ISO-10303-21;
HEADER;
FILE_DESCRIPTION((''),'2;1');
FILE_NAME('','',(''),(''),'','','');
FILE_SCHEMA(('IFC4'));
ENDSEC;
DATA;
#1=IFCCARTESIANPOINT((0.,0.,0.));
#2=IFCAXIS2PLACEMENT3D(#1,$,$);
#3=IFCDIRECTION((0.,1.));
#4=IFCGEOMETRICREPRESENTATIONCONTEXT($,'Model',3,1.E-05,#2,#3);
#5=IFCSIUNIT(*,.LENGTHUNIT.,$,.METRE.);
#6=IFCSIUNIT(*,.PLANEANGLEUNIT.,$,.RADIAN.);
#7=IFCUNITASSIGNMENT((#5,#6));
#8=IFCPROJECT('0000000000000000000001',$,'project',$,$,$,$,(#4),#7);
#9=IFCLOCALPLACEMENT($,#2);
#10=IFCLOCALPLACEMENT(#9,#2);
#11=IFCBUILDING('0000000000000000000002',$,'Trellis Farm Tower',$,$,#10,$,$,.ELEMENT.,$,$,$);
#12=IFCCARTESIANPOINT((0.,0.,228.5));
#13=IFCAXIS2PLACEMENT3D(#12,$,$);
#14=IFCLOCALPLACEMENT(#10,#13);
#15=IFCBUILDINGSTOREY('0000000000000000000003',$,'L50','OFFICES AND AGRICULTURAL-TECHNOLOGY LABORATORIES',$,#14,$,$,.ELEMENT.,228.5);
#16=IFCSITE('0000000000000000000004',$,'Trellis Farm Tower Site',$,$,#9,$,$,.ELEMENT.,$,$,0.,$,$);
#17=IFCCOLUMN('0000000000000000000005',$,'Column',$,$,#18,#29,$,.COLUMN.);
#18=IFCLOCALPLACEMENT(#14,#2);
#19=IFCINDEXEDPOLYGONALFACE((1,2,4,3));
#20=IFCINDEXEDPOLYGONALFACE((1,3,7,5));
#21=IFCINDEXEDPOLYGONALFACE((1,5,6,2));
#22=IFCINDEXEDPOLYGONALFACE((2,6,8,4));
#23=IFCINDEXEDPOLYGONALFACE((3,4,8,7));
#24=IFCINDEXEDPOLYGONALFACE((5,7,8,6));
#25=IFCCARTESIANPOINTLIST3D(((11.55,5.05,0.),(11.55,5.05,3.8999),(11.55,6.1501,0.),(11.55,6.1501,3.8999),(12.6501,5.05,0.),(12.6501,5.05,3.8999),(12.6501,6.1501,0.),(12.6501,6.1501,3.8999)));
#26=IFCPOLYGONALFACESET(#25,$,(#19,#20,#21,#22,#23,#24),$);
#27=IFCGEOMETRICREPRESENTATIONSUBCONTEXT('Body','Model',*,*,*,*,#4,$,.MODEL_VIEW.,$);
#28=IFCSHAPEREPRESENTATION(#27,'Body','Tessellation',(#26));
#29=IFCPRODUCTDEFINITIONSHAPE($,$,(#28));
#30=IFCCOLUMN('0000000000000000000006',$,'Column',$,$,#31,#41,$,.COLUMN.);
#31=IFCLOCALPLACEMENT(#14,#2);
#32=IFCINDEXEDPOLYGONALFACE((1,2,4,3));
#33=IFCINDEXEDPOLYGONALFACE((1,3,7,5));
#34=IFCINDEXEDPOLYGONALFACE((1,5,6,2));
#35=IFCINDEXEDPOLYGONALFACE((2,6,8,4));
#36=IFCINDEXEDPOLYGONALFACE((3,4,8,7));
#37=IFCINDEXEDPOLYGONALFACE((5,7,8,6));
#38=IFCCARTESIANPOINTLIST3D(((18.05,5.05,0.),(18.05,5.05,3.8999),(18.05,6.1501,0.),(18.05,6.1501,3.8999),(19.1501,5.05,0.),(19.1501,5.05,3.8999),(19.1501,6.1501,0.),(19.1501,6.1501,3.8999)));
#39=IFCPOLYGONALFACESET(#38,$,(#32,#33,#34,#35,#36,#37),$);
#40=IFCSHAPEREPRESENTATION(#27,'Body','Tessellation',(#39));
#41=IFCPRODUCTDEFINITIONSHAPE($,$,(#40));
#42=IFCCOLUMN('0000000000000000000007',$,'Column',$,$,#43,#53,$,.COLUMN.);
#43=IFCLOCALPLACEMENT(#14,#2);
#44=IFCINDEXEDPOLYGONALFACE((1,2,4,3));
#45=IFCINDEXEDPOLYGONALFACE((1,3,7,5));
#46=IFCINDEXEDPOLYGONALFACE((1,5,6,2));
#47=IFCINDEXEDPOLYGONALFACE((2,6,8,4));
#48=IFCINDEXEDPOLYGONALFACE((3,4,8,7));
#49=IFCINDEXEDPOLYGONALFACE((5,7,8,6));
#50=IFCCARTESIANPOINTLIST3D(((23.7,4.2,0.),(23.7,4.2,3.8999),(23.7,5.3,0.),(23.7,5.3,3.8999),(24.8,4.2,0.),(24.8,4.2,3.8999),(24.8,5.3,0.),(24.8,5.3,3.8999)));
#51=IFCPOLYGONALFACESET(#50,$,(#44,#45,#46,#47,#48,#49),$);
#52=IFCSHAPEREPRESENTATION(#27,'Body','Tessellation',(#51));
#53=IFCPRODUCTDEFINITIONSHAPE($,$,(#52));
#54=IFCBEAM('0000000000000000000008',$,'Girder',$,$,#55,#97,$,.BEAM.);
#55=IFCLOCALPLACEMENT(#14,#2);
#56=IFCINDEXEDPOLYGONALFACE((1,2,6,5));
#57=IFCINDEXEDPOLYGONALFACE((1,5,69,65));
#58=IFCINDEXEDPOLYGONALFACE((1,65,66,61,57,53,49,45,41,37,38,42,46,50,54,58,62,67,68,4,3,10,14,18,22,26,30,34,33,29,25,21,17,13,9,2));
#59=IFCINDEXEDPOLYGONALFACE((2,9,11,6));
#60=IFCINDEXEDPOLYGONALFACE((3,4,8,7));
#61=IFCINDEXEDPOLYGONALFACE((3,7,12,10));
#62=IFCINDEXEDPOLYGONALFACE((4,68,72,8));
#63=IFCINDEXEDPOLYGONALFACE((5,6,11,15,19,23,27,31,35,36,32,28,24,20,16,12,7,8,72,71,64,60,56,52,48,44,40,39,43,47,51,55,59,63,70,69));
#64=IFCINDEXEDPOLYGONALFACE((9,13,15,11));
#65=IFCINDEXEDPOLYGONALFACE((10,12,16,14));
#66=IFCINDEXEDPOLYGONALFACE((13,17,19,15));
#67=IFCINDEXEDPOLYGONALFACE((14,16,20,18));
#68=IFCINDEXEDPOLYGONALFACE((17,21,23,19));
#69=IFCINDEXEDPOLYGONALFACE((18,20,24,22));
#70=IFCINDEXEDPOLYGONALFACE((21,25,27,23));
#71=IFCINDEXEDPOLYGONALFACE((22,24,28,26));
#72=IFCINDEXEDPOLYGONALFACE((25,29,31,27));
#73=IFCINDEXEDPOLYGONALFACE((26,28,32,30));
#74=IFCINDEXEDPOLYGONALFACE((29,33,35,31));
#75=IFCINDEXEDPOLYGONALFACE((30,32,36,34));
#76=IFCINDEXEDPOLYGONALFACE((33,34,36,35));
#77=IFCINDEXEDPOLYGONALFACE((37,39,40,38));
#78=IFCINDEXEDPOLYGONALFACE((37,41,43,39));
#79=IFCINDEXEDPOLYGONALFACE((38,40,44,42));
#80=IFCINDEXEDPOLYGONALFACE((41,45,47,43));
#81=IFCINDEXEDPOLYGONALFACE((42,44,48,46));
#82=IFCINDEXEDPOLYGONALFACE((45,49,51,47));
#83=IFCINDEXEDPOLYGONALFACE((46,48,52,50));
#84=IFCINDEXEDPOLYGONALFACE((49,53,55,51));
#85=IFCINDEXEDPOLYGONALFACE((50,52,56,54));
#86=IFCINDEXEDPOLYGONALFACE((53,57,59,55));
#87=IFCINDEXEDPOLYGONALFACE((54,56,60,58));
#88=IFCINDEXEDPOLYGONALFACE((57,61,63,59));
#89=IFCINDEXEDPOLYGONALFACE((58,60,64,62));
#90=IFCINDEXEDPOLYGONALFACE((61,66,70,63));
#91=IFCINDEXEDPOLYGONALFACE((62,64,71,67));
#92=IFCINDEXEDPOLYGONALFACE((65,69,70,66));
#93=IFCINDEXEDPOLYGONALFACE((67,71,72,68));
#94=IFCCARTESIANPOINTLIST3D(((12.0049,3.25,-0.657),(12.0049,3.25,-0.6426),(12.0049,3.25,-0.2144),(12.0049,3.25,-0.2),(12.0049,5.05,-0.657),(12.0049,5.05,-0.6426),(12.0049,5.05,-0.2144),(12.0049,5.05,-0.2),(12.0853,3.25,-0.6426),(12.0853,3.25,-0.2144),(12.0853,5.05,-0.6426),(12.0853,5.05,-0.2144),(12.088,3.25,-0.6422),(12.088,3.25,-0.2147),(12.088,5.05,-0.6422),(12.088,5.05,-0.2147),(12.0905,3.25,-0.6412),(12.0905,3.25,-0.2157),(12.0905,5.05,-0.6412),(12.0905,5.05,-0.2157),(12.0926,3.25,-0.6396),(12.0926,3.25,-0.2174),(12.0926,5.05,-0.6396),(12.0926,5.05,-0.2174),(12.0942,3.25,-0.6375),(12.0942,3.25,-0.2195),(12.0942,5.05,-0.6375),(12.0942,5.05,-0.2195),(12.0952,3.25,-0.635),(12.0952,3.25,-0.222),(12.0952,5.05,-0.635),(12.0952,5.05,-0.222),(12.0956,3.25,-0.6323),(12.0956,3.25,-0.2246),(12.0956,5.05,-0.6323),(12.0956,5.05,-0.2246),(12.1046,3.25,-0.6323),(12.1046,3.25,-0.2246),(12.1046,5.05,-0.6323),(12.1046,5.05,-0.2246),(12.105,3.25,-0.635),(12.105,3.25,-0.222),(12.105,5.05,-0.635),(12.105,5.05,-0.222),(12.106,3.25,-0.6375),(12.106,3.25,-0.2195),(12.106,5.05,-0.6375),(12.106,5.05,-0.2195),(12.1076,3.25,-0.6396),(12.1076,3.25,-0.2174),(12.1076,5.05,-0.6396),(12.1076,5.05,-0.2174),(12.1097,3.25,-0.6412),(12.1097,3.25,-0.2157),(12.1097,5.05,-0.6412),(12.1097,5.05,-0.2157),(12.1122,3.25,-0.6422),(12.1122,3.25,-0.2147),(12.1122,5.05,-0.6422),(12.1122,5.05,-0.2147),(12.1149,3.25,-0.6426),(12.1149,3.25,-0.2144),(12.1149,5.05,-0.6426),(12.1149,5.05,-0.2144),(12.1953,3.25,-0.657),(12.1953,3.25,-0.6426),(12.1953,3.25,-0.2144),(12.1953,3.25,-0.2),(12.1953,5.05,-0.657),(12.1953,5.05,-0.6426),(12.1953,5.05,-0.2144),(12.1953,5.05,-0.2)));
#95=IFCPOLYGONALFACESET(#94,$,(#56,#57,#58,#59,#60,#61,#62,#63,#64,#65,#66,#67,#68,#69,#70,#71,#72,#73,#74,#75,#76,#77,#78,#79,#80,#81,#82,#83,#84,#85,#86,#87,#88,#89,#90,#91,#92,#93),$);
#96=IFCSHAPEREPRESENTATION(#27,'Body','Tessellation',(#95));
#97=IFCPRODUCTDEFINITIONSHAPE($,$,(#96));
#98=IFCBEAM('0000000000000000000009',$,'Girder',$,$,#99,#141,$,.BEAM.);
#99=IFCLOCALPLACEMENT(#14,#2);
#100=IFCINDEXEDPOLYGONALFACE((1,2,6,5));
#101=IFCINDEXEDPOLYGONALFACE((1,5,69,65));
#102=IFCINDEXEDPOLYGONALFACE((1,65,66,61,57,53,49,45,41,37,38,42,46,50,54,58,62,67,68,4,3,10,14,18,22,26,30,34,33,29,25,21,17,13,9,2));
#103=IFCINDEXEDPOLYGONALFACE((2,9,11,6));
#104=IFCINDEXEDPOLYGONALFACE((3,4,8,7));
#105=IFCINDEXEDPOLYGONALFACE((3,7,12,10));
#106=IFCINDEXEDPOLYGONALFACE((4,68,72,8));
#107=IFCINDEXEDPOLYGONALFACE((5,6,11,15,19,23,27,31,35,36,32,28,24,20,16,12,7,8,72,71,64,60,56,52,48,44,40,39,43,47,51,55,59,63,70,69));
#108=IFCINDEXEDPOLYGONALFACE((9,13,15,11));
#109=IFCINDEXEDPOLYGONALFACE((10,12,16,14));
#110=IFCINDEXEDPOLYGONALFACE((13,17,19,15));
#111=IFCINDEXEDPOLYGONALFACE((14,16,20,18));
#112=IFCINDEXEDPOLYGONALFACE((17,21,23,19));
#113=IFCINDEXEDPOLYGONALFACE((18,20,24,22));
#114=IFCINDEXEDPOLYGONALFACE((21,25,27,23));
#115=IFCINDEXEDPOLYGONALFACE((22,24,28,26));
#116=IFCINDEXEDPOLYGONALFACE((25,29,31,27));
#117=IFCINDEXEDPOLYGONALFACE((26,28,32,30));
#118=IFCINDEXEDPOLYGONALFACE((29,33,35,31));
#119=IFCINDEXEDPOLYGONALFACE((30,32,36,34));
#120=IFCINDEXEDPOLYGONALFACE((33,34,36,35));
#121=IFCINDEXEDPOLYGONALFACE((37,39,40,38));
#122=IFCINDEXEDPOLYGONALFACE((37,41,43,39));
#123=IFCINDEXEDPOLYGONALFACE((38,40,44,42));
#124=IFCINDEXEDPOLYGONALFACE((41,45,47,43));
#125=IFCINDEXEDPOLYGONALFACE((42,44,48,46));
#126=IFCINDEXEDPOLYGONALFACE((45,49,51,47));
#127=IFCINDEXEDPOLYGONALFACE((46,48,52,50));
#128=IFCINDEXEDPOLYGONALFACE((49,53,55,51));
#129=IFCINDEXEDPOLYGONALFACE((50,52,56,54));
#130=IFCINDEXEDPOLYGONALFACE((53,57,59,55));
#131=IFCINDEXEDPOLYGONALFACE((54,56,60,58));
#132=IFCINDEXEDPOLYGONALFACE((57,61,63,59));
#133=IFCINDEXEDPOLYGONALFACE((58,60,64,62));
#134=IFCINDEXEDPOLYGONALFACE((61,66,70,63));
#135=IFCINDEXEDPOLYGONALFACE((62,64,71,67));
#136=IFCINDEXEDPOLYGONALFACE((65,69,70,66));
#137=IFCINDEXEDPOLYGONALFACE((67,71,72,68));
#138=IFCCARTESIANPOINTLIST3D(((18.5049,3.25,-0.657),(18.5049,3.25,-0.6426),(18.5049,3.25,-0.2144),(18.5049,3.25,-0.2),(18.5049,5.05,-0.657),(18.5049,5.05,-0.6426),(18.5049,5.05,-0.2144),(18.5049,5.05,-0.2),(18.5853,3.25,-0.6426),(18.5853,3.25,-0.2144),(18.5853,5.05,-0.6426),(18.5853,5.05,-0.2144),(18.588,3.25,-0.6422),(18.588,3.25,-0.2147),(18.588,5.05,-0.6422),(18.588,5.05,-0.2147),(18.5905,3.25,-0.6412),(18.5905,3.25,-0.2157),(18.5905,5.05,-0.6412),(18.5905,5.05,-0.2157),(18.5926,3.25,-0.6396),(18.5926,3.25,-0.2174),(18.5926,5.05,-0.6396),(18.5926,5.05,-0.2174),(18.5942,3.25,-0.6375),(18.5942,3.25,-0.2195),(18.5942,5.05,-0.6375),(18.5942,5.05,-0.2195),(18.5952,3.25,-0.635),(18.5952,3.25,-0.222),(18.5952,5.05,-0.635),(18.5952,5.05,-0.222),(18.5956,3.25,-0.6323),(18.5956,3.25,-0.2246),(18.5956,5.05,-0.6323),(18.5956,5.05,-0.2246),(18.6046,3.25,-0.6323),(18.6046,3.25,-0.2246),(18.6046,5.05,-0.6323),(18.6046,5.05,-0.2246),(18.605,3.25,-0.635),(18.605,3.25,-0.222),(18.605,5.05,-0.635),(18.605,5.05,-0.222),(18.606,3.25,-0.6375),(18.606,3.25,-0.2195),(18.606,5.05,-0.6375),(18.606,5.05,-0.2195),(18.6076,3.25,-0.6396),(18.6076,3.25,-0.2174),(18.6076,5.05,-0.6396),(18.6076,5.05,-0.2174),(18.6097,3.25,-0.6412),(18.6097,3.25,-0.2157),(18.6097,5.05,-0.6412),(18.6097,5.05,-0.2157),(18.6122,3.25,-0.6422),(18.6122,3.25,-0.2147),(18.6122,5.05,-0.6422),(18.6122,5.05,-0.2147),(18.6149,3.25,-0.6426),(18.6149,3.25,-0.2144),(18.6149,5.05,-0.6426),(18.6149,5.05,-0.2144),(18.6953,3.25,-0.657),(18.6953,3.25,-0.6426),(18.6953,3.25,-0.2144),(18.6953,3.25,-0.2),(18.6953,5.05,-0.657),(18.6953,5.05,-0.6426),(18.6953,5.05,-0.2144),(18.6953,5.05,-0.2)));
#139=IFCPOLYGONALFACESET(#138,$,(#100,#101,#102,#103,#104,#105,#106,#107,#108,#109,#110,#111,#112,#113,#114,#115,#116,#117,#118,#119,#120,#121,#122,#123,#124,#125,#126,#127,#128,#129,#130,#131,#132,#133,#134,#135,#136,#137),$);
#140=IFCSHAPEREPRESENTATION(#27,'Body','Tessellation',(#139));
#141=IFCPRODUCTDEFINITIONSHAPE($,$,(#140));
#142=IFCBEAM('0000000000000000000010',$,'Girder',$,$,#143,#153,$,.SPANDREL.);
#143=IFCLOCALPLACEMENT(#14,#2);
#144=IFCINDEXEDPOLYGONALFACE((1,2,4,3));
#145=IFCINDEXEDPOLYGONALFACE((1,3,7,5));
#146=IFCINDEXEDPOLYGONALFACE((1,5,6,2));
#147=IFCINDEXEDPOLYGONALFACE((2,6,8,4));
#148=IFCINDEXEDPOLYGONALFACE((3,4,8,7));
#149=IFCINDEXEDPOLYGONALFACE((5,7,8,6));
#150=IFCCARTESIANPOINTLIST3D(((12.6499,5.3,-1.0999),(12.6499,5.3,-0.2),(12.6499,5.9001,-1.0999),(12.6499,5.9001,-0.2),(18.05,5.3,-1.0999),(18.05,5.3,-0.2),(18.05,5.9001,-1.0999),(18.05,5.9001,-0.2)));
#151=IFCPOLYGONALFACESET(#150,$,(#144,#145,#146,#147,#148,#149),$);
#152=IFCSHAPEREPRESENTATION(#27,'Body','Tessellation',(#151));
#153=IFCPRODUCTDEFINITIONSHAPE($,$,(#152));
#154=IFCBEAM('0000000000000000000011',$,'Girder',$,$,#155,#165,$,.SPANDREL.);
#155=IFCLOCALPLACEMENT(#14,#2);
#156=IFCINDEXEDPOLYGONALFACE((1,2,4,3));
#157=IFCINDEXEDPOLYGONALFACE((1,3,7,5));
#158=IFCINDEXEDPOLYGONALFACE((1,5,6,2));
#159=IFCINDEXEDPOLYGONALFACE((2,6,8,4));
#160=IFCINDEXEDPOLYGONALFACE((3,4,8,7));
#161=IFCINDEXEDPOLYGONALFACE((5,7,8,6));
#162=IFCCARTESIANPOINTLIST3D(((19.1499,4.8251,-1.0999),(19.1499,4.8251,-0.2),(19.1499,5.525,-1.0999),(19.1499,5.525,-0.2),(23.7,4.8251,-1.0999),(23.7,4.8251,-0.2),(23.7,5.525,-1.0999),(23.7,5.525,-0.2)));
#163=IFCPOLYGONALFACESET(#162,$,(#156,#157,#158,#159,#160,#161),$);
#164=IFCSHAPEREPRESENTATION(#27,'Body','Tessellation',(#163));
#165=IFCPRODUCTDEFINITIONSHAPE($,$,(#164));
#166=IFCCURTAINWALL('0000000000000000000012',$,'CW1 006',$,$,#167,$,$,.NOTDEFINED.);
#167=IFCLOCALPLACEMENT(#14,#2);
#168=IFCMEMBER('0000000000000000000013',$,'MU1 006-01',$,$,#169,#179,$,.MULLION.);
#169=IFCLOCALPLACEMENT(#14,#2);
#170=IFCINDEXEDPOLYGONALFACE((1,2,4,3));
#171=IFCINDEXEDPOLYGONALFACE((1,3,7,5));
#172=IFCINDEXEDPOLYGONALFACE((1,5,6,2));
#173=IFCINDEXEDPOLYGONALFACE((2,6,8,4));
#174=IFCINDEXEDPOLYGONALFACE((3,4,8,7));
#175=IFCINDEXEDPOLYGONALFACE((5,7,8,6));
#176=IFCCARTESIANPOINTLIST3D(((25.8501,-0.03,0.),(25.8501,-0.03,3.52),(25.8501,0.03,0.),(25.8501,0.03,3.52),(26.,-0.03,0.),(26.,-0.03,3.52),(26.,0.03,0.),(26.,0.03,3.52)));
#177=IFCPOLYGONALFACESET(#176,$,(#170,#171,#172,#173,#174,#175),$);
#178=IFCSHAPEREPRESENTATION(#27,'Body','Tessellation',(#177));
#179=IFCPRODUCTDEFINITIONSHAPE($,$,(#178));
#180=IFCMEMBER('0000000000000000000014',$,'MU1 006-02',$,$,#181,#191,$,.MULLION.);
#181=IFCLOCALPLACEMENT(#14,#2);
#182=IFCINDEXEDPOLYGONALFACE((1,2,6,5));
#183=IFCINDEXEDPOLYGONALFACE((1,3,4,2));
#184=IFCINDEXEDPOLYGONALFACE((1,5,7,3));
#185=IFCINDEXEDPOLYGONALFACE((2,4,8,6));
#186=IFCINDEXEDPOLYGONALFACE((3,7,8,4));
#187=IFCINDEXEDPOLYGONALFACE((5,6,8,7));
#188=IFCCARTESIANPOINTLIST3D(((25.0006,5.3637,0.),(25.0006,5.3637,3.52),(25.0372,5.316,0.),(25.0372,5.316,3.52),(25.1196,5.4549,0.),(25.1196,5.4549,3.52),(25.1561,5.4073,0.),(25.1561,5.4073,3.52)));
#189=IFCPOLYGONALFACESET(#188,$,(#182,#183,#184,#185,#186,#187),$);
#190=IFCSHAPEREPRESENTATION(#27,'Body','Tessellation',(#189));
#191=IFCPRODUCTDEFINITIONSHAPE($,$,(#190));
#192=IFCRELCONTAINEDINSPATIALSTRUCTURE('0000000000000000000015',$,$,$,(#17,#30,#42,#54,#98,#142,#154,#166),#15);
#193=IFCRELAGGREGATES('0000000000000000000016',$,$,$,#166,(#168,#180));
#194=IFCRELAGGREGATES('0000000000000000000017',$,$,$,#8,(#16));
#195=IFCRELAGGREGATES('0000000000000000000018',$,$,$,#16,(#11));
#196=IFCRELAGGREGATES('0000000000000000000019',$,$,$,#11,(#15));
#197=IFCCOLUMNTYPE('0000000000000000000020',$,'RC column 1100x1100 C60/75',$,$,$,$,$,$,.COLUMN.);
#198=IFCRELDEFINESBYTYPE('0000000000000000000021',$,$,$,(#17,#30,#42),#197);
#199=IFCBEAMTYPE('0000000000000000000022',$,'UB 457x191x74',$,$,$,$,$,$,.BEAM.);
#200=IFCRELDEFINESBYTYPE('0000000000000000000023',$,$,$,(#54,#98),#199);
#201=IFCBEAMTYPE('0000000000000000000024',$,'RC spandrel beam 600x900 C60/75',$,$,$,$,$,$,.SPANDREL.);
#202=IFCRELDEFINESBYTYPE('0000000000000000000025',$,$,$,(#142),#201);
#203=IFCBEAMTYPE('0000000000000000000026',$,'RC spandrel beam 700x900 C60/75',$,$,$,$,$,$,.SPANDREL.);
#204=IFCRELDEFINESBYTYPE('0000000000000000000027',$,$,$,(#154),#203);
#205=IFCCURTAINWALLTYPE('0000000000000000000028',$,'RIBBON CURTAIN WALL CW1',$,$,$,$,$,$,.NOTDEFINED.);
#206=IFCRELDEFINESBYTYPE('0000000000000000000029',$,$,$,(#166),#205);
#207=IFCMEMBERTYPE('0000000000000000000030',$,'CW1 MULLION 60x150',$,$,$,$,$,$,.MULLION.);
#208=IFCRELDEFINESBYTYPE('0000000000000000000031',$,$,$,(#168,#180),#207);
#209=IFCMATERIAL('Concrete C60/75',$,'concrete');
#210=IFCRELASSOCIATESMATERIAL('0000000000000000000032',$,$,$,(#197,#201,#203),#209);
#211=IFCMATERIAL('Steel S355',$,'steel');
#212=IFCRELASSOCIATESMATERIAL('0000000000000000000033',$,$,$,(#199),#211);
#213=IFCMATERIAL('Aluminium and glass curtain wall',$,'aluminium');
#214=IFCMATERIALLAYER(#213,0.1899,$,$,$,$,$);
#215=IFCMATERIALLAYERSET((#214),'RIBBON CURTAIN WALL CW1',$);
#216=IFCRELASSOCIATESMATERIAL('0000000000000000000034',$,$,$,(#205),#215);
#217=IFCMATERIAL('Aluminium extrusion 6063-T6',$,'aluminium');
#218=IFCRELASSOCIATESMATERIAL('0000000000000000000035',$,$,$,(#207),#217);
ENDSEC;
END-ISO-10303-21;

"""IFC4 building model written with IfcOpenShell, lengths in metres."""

from ifc_helpers import new_model, si_unit, direction, frame, origin, origin_2d, place, context, subcontext, project, spatial, rectangle, i_section, extrude, source, transform, mapped, material, layer, layer_set, material_profile, profile_set, type_object, element, aggregate, save


model = new_model("IFC4")

# Units and contexts
model_context = context("Model", 3, precision=1e-05, world=origin(), true_north=direction((0.0, 1.0)))
body_context = subcontext(model_context, "Body", "Model", "MODEL_VIEW")
ifc_project = project(units=[si_unit("LENGTHUNIT", "METRE"), si_unit("PLANEANGLEUNIT", "RADIAN")], contexts=[model_context])

# Site, building, storey
site_placement = place(None, origin())
site = spatial("IfcSite", under=ifc_project, at=site_placement, Name="Trellis Farm Tower Site", CompositionType="ELEMENT", RefElevation=0.0)
building_placement = place(site_placement, origin())
building = spatial("IfcBuilding", under=site, at=building_placement, Name="Trellis Farm Tower", CompositionType="ELEMENT")
storey_placement = place(building_placement, frame((0.0, 0.0, 228.5)))
storey = spatial("IfcBuildingStorey", under=building, at=storey_placement, Name="L50", Description="OFFICES AND AGRICULTURAL-TECHNOLOGY LABORATORIES", CompositionType="ELEMENT", Elevation=228.5)

# Columns
ifc_material_1 = material(Name="Concrete C60/75", Category="concrete")
ifc_material_profile_1 = material_profile(ifc_material_1, rectangle(XDim=1.1001, YDim=1.1001, at=origin_2d()), Name="RC column 1100x1100 C60/75")
ifc_profile_set_1 = profile_set([ifc_material_profile_1], Name="Concrete C60/75")
column_type = type_object("IfcColumnType", Name="RC column 1100x1100 C60/75", PredefinedType="COLUMN", material=ifc_profile_set_1)
shared_shape_1 = source(origin(), body_context, "Body", "SweptSolid", [
    extrude(rectangle(XDim=1.1001, YDim=1.1001, at=origin_2d()), origin(), (0.0, 0.0, 1.0), 3.8999),
])
for number, where, z_axis, x_axis, name in (
    (1, (12.1001, 5.6001, 0.0), (0.0, 0.0, 1.0), (1.0, 0.0, 0.0), "Column"),
    (2, (18.6001, 5.6001, 0.0), (0.0, 0.0, 1.0), (1.0, 0.0, 0.0), "Column"),
    (3, (24.25, 4.75, 0.0), (0.0, 0.0, 1.0), (1.0, 0.0, 0.0), "Column"),
):
    element("IfcColumn", number, at=place(storey_placement, frame(where, z_axis=z_axis, x_axis=x_axis)), inside=storey, type_object=column_type, Name=name, PredefinedType="COLUMN", context=body_context, shape_type="MappedRepresentation", body=[
        mapped(shared_shape_1, transform((0.0, 0.0, 0.0))),
    ])

# Beams
ifc_material_2 = material(Name="Steel S355", Category="steel")
ifc_material_profile_2 = material_profile(ifc_material_2, i_section(OverallWidth=0.1904, OverallDepth=0.457, WebThickness=0.009, FlangeThickness=0.0144, FilletRadius=0.0103, at=origin_2d()), Name="UB 457x191x74")
ifc_profile_set_2 = profile_set([ifc_material_profile_2], Name="Steel S355")
beam_type_1 = type_object("IfcBeamType", Name="UB 457x191x74", PredefinedType="BEAM", material=ifc_profile_set_2)
shared_shape_2 = source(origin(), body_context, "Body", "SweptSolid", [
    extrude(i_section(OverallWidth=0.1904, OverallDepth=0.457, WebThickness=0.009, FlangeThickness=0.0144, FilletRadius=0.0103, at=origin_2d()), origin(), (0.0, 0.0, 1.0), 1.8),
])
for number, where, z_axis, x_axis, name in (
    (4, (12.1001, 3.25, -0.4285), (0.0, 1.0, 0.0), (-1.0, 0.0, 0.0), "Girder"),
    (5, (18.6001, 3.25, -0.4285), (0.0, 1.0, 0.0), (-1.0, 0.0, 0.0), "Girder"),
):
    element("IfcBeam", number, at=place(storey_placement, frame(where, z_axis=z_axis, x_axis=x_axis)), inside=storey, type_object=beam_type_1, Name=name, PredefinedType="BEAM", context=body_context, shape_type="MappedRepresentation", body=[
        mapped(shared_shape_2, transform((0.0, 0.0, 0.0))),
    ])
ifc_material_profile_3 = material_profile(ifc_material_1, rectangle(XDim=0.6001, YDim=0.8999, at=origin_2d()), Name="RC spandrel beam 600x900 C60/75")
ifc_profile_set_3 = profile_set([ifc_material_profile_3], Name="Concrete C60/75")
beam_type_2 = type_object("IfcBeamType", Name="RC spandrel beam 600x900 C60/75", PredefinedType="SPANDREL", material=ifc_profile_set_3)
shared_shape_3 = source(origin(), body_context, "Body", "SweptSolid", [
    extrude(rectangle(XDim=0.6001, YDim=0.8999, at=origin_2d()), origin(), (0.0, 0.0, 1.0), 5.4001),
])
beam_1_placement = place(storey_placement, frame((12.6499, 5.6001, -0.6499), z_axis=(1.0, 0.0, 0.0), x_axis=(0.0, 1.0, 0.0)))
element("IfcBeam", 6, at=beam_1_placement, inside=storey, type_object=beam_type_2, Name="Girder", PredefinedType="SPANDREL", context=body_context, shape_type="MappedRepresentation", body=[
    mapped(shared_shape_3, transform((0.0, 0.0, 0.0))),
])
ifc_material_profile_4 = material_profile(ifc_material_1, rectangle(XDim=0.7, YDim=0.8999, at=origin_2d()), Name="RC spandrel beam 700x900 C60/75")
ifc_profile_set_4 = profile_set([ifc_material_profile_4], Name="Concrete C60/75")
beam_type_3 = type_object("IfcBeamType", Name="RC spandrel beam 700x900 C60/75", PredefinedType="SPANDREL", material=ifc_profile_set_4)
shared_shape_4 = source(origin(), body_context, "Body", "SweptSolid", [
    extrude(rectangle(XDim=0.7, YDim=0.8999, at=origin_2d()), origin(), (0.0, 0.0, 1.0), 4.55),
])
beam_2_placement = place(storey_placement, frame((19.1499, 5.175, -0.6499), z_axis=(1.0, 0.0, 0.0), x_axis=(0.0, 1.0, 0.0)))
element("IfcBeam", 7, at=beam_2_placement, inside=storey, type_object=beam_type_3, Name="Girder", PredefinedType="SPANDREL", context=body_context, shape_type="MappedRepresentation", body=[
    mapped(shared_shape_4, transform((0.0, 0.0, 0.0))),
])

# Curtain wall, members
ifc_material_3 = material(Name="Aluminium and glass curtain wall", Category="aluminium")
ifc_layer_1 = layer(ifc_material_3, 0.1899)
ifc_layer_set_1 = layer_set([ifc_layer_1], Name="RIBBON CURTAIN WALL CW1")
curtain_wall_type = type_object("IfcCurtainWallType", Name="RIBBON CURTAIN WALL CW1", PredefinedType="NOTDEFINED", material=ifc_layer_set_1)
placement = place(storey_placement, origin())
curtain_wall_1 = element("IfcCurtainWall", 8, at=placement, inside=storey, type_object=curtain_wall_type, Name="CW1 006", PredefinedType="NOTDEFINED")
ifc_material_4 = material(Name="Aluminium extrusion 6063-T6", Category="aluminium")
ifc_material_profile_5 = material_profile(ifc_material_4, rectangle(XDim=0.0601, YDim=0.1499, at=origin_2d()), Name="MULLION 60x150")
ifc_profile_set_5 = profile_set([ifc_material_profile_5], Name="Aluminium extrusion 6063-T6")
member_type = type_object("IfcMemberType", Name="CW1 MULLION 60x150", PredefinedType="MULLION", material=ifc_profile_set_5)
shared_shape_5 = source(origin(), body_context, "Body", "SweptSolid", [
    extrude(rectangle(XDim=0.0601, YDim=0.1499, at=origin_2d()), origin(), (0.0, 0.0, 1.0), 3.52),
])
member_1_placement = place(storey_placement, frame((25.925, 0.0, 0.0), z_axis=(0.0, 0.0, 1.0), x_axis=(0.0, 1.0, 0.0)))
member_1 = element("IfcMember", 9, at=member_1_placement, type_object=member_type, Name="MU1 006-01", PredefinedType="MULLION", context=body_context, shape_type="MappedRepresentation", body=[
    mapped(shared_shape_5, transform((0.0, 0.0, 0.0))),
])
member_2_placement = place(storey_placement, frame((25.0784, 5.3855, 0.0), z_axis=(0.0, 0.0, 1.0), x_axis=(-0.608761, 0.793353, 0.0)))
member_2 = element("IfcMember", 10, at=member_2_placement, type_object=member_type, Name="MU1 006-02", PredefinedType="MULLION", context=body_context, shape_type="MappedRepresentation", body=[
    mapped(shared_shape_5, transform((0.0, 0.0, 0.0))),
])
aggregate(curtain_wall_1, [member_1, member_2])

save(model, "model.ifc")
